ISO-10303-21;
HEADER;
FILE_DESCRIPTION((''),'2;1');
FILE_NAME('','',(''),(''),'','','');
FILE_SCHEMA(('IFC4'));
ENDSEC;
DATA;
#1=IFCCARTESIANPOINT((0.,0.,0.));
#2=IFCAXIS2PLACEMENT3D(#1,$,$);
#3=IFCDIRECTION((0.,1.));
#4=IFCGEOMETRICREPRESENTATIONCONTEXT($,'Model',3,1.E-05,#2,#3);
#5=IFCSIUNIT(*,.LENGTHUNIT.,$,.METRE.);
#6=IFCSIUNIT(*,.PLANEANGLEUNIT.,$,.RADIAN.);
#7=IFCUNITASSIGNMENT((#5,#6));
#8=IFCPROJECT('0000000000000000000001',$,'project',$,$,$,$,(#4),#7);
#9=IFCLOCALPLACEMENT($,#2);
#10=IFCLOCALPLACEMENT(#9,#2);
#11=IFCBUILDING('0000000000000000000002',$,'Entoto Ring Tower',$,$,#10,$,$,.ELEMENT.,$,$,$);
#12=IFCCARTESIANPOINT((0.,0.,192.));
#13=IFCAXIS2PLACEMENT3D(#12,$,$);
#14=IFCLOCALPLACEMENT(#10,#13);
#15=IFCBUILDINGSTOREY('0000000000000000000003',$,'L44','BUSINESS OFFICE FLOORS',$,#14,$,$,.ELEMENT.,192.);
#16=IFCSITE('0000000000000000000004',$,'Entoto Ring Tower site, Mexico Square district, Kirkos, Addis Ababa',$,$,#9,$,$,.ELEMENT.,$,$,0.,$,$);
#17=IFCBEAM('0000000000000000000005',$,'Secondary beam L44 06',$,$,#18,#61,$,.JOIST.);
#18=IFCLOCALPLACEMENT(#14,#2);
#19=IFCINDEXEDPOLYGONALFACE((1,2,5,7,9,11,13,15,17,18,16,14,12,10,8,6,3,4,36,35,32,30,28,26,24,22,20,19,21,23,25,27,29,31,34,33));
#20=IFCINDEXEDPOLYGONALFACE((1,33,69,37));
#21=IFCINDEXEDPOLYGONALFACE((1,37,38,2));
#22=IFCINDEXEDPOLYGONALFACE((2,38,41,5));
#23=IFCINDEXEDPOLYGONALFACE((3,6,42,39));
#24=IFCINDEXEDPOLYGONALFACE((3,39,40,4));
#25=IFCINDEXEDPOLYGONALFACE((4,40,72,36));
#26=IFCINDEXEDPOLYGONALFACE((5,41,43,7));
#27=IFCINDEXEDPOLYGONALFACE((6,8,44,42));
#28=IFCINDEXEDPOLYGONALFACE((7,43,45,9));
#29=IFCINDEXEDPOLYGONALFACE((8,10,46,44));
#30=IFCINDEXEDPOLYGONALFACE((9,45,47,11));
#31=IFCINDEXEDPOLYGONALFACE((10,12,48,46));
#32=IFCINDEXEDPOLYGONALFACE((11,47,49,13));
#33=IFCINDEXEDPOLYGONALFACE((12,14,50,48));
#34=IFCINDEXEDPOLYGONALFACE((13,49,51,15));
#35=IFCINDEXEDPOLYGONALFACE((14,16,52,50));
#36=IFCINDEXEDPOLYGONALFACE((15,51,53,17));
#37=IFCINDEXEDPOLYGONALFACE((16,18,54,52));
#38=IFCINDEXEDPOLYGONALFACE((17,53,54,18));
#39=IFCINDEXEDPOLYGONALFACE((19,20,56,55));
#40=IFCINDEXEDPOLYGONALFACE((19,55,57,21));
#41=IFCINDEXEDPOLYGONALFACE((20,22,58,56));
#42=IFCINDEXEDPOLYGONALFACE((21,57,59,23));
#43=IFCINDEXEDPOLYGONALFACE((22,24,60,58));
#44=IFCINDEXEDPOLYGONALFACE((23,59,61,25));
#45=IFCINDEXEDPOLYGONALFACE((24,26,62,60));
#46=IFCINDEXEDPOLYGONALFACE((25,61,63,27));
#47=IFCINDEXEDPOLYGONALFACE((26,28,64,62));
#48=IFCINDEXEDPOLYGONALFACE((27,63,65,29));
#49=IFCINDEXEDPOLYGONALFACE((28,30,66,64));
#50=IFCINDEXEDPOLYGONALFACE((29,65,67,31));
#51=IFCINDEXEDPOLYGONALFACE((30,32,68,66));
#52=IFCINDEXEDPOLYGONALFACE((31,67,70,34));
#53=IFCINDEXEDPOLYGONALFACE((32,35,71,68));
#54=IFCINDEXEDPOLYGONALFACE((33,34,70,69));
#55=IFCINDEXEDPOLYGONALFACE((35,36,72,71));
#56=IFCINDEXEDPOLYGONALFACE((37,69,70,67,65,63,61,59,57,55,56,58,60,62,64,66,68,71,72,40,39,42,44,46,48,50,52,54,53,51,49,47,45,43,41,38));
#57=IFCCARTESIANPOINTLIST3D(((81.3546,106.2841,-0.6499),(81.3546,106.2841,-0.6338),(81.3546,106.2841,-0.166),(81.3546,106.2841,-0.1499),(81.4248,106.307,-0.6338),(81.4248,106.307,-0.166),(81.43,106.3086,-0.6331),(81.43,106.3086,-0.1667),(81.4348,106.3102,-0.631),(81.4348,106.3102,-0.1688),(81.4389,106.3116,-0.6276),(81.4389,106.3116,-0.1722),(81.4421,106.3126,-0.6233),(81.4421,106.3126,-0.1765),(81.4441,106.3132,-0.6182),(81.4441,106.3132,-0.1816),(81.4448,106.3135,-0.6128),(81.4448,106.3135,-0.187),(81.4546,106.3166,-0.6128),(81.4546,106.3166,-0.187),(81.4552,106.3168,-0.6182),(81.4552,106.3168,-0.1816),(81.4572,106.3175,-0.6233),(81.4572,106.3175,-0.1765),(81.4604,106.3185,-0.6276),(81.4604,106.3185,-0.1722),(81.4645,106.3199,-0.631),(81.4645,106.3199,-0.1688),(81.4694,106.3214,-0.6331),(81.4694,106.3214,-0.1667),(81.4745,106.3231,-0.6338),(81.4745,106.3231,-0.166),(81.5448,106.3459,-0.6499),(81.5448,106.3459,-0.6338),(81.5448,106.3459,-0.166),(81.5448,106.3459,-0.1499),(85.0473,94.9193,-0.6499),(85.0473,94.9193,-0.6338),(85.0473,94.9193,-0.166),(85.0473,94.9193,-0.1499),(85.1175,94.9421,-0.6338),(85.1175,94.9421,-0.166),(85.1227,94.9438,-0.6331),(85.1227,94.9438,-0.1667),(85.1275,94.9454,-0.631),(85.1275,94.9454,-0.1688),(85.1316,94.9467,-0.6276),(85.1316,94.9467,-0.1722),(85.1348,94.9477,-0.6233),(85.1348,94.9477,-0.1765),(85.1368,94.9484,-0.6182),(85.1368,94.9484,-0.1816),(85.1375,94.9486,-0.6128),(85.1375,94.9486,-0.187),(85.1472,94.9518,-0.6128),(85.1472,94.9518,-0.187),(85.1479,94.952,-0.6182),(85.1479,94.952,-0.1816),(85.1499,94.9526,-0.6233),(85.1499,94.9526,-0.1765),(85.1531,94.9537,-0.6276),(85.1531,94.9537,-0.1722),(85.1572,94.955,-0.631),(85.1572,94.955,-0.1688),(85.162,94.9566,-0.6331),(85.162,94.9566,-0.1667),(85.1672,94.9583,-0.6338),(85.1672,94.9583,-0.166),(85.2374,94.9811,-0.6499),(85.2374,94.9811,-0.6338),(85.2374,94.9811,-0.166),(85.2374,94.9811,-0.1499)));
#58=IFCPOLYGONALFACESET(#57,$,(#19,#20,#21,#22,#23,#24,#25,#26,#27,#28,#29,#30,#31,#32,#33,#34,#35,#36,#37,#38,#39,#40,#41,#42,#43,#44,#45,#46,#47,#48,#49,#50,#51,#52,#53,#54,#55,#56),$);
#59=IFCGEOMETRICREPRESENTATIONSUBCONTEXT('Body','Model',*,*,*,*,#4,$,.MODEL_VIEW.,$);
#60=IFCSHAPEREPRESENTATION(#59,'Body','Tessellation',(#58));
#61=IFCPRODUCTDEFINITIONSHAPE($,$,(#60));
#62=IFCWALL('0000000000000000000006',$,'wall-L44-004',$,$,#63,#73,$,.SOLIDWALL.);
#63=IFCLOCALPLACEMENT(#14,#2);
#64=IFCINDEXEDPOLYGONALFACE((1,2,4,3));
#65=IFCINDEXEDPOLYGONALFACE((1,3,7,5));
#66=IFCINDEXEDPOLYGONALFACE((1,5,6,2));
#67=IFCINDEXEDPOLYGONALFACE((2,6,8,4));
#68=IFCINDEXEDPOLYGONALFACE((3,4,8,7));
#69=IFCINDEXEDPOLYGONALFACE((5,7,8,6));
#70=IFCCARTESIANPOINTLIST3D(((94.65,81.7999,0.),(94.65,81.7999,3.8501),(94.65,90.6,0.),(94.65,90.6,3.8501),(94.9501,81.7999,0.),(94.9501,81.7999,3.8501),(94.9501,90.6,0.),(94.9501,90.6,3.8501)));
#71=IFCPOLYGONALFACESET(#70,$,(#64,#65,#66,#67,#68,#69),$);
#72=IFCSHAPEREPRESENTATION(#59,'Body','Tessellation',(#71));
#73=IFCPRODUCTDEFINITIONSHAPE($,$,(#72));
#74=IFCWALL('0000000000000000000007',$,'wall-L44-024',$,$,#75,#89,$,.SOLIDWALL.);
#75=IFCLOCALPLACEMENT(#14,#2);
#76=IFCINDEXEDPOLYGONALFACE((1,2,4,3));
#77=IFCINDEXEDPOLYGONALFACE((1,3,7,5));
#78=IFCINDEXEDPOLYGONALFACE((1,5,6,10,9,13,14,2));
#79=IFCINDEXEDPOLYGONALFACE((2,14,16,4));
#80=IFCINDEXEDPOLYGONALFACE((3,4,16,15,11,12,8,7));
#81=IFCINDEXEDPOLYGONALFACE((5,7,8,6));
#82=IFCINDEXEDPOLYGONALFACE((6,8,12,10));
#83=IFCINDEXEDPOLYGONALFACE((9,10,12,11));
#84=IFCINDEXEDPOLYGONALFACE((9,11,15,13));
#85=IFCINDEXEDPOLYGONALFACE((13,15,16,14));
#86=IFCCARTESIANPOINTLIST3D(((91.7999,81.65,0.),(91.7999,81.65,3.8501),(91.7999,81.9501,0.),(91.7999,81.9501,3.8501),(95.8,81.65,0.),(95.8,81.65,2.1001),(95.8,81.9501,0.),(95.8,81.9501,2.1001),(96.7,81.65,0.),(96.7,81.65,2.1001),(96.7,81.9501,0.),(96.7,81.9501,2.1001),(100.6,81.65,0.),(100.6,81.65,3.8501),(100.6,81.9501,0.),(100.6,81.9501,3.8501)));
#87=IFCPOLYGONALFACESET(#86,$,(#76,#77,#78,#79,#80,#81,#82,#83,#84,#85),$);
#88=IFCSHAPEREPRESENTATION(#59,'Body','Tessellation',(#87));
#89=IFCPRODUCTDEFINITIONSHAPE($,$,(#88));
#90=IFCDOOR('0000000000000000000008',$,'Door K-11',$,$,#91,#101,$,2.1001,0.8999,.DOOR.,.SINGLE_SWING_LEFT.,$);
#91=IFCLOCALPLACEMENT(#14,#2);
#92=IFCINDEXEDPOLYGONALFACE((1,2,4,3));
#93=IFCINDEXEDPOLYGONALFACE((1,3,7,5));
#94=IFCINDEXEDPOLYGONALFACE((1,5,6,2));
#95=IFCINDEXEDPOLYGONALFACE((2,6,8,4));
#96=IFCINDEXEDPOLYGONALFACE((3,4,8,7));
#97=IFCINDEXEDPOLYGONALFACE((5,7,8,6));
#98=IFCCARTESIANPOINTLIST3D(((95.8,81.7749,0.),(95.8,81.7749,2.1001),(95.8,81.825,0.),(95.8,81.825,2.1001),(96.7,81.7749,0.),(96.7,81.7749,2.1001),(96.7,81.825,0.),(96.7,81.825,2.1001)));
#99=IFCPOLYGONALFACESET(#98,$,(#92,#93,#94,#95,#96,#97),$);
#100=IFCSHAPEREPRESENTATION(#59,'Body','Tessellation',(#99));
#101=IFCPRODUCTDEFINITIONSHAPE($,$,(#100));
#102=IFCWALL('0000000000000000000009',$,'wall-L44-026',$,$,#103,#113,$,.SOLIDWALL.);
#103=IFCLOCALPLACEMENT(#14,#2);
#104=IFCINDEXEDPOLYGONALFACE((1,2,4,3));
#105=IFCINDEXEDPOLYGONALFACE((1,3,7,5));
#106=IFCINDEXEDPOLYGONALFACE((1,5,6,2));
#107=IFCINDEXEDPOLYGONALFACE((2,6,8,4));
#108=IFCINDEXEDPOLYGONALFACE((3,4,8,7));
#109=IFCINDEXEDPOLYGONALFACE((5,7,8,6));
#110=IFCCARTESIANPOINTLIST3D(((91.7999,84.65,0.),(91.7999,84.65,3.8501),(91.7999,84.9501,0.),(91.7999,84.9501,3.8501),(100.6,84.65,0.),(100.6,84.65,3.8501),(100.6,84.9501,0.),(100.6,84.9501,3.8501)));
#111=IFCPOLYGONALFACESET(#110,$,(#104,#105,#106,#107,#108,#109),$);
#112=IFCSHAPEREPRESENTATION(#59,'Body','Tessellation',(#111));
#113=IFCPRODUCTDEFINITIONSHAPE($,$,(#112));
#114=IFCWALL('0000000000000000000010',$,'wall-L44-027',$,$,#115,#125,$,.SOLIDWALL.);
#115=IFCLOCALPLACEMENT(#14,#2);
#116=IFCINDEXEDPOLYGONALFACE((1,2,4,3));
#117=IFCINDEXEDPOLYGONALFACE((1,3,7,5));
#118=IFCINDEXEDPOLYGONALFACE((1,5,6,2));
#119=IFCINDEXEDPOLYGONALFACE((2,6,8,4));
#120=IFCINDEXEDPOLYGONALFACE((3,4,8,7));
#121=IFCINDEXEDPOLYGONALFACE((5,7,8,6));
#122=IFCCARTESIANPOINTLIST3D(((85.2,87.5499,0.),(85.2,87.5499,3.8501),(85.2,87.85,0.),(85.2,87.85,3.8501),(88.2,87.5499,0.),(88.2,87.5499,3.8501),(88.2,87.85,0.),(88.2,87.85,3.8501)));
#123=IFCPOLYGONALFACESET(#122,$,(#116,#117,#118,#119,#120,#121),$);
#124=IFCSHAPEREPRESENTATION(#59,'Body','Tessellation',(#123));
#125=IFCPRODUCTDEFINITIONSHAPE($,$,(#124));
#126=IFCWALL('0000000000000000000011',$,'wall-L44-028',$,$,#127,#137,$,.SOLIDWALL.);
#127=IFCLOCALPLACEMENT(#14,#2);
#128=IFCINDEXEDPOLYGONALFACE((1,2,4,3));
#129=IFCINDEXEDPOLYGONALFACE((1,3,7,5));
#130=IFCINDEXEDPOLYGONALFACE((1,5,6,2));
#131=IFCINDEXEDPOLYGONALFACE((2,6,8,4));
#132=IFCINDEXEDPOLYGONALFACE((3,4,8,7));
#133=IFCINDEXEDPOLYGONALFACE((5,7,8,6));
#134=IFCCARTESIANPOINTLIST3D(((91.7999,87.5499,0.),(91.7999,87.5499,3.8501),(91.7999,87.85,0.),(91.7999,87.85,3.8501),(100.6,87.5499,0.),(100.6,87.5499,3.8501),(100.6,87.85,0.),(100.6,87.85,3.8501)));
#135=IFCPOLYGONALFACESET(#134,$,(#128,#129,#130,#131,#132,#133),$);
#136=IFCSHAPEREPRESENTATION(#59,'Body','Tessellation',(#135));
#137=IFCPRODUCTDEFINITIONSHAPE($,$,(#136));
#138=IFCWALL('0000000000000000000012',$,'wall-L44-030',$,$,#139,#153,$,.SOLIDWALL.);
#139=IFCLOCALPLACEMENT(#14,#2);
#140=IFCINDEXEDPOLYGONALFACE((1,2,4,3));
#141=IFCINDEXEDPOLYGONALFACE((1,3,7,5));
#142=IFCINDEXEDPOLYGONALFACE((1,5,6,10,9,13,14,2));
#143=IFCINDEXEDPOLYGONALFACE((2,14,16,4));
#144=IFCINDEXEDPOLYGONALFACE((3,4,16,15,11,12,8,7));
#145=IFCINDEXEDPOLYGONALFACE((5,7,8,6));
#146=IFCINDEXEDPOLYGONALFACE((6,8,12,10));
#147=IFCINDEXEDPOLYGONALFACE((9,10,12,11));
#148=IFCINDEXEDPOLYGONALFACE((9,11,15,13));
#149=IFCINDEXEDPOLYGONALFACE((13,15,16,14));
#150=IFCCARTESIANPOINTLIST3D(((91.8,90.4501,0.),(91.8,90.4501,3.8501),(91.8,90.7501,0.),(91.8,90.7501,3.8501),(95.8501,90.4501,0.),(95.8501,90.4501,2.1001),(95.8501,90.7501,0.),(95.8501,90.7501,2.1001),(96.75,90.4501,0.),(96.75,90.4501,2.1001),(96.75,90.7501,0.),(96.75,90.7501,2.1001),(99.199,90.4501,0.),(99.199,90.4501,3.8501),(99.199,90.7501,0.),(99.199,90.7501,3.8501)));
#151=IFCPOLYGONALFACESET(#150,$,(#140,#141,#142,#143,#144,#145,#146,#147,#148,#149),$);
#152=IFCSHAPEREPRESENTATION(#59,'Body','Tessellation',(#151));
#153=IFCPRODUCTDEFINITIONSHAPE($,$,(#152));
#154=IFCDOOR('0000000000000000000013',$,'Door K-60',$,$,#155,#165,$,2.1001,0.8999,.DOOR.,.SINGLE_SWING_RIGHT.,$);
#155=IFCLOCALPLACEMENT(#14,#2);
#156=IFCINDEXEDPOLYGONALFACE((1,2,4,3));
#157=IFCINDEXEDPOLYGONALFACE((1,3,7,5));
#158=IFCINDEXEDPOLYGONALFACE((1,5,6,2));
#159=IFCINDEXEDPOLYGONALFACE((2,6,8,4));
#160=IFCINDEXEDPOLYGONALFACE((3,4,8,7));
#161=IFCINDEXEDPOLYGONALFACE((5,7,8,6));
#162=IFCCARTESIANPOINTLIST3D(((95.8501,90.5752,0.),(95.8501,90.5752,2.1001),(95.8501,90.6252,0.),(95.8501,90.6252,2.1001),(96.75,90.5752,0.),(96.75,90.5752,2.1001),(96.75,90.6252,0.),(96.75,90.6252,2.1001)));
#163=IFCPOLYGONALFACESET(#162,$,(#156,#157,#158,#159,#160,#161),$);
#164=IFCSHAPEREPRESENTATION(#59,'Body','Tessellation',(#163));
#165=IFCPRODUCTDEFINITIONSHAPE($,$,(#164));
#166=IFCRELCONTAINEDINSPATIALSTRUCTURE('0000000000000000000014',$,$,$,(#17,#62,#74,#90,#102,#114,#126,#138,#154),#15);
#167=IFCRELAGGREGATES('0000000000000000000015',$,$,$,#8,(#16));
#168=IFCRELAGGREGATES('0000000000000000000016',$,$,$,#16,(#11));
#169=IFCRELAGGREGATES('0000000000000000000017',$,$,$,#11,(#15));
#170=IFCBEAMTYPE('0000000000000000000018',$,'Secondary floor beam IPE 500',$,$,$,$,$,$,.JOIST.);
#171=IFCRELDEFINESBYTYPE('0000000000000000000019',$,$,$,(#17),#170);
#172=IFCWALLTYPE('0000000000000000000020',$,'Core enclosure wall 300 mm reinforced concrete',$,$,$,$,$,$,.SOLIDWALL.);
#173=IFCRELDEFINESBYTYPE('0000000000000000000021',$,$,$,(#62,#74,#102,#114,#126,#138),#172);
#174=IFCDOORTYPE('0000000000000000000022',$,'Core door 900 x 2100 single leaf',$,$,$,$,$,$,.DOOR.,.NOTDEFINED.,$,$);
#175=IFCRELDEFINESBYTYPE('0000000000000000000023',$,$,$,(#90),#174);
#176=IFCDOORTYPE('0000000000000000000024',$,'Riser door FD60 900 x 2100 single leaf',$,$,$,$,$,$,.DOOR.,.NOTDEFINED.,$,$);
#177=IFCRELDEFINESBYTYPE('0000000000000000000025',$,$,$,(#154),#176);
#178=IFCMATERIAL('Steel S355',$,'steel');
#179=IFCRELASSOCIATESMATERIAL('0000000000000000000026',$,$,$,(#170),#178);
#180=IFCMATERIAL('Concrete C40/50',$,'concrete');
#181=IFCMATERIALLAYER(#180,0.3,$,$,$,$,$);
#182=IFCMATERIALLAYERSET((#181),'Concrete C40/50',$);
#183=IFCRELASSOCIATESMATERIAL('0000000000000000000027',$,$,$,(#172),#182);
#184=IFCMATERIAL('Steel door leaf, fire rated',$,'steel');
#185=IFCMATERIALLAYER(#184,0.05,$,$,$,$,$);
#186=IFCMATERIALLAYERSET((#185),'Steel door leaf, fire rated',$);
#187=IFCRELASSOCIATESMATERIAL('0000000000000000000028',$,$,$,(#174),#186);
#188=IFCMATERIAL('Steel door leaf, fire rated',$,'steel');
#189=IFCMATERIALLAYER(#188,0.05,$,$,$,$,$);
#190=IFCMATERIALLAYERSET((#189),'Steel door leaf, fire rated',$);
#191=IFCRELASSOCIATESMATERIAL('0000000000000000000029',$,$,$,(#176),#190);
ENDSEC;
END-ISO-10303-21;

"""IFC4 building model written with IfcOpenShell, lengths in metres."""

from ifc_helpers import new_model, si_unit, direction, frame, frame_2d, origin, origin_2d, place, context, subcontext, project, spatial, rectangle, i_section, extrude, material, layer, layer_set, material_profile, profile_set, type_object, element, fill, save


model = new_model("IFC4")

# Units and contexts
model_context = context("Model", 3, precision=1e-05, world=origin(), true_north=direction((0.0, 1.0)))
body_context = subcontext(model_context, "Body", "Model", "MODEL_VIEW")
ifc_project = project(units=[si_unit("LENGTHUNIT", "METRE"), si_unit("PLANEANGLEUNIT", "RADIAN")], contexts=[model_context])

# Site, building, storey
site_placement = place(None, origin())
site = spatial("IfcSite", under=ifc_project, at=site_placement, Name="Entoto Ring Tower site, Mexico Square district, Kirkos, Addis Ababa", CompositionType="ELEMENT", RefElevation=0.0)
building_placement = place(site_placement, origin())
building = spatial("IfcBuilding", under=site, at=building_placement, Name="Entoto Ring Tower", CompositionType="ELEMENT")
storey_placement = place(building_placement, frame((0.0, 0.0, 192.0)))
storey = spatial("IfcBuildingStorey", under=building, at=storey_placement, Name="L44", Description="BUSINESS OFFICE FLOORS", CompositionType="ELEMENT", Elevation=192.0)

# Beam
ifc_material_1 = material(Name="Steel S355", Category="steel")
ifc_material_profile_1 = material_profile(ifc_material_1, i_section(OverallWidth=0.2, OverallDepth=0.5, WebThickness=0.0103, FlangeThickness=0.0161, FilletRadius=0.021, at=origin_2d()), Name="IPE 500")
ifc_profile_set_1 = profile_set([ifc_material_profile_1], Name="Steel S355")
beam_type_1 = type_object("IfcBeamType", Name="Secondary floor beam IPE 500", PredefinedType="JOIST", material=ifc_profile_set_1)
beam_1_placement = place(storey_placement, frame((85.1423, 94.9502, -0.3999), z_axis=(-0.309017, 0.951057, 0.0), x_axis=(-0.951057, -0.309017, 0.0)))
element("IfcBeam", 1, at=beam_1_placement, inside=storey, type_object=beam_type_1, Name="Secondary beam L44 06", PredefinedType="JOIST", context=body_context, shape_type="SweptSolid", body=[
    extrude(i_section(OverallWidth=0.2, OverallDepth=0.5, WebThickness=0.0103, FlangeThickness=0.0161, FilletRadius=0.021, at=origin_2d()), origin(), (0.0, 0.0, 1.0), 11.9497),
])

# Wall
ifc_material_2 = material(Name="Concrete C40/50", Category="concrete")
ifc_layer_1 = layer(ifc_material_2, 0.3)
ifc_layer_set_1 = layer_set([ifc_layer_1], Name="Concrete C40/50")
wall_type_1 = type_object("IfcWallType", Name="Core enclosure wall 300 mm reinforced concrete", PredefinedType="SOLIDWALL", material=ifc_layer_set_1)
wall_1_placement = place(storey_placement, frame((94.8, 81.8, 0.0), z_axis=(0.0, 0.0, 1.0), x_axis=(0.0, 1.0, 0.0)))
element("IfcWall", 2, at=wall_1_placement, inside=storey, type_object=wall_type_1, Name="wall-L44-004", PredefinedType="SOLIDWALL", context=body_context, shape_type="SweptSolid", body=[
    extrude(rectangle(XDim=8.8, YDim=0.3, at=frame_2d((4.3999, 0.0))), origin(), (0.0, 0.0, 1.0), 3.8501),
])

# Wall, opening, door
wall_2_placement = place(storey_placement, frame((91.8, 81.8, 0.0), z_axis=(0.0, 0.0, 1.0), x_axis=(1.0, 0.0, 0.0)))
wall_2 = element("IfcWall", 3, at=wall_2_placement, inside=storey, type_object=wall_type_1, Name="wall-L44-024", PredefinedType="SOLIDWALL", context=body_context, shape_type="SweptSolid", body=[
    extrude(rectangle(XDim=8.8, YDim=0.3, at=frame_2d((4.3999, 0.0))), origin(), (0.0, 0.0, 1.0), 3.8501),
])
opening_1_placement = place(wall_2_placement, frame((4.0, 0.0, 0.0)))
opening_1 = element("IfcOpeningElement", 4, at=opening_1_placement, cuts=wall_2, PredefinedType="OPENING", context=body_context, shape_type="SweptSolid", body=[
    extrude(rectangle(XDim=0.8999, YDim=2.1001, at=frame_2d((0.45, 1.05))), frame((0.0, 0.1602, 0.0), z_axis=(0.0, -1.0, 0.0), x_axis=(1.0, 0.0, 0.0)), (0.0, 0.0, 1.0), 0.3201),
])
ifc_material_3 = material(Name="Steel door leaf, fire rated", Category="steel")
ifc_layer_2 = layer(ifc_material_3, 0.05)
ifc_layer_set_2 = layer_set([ifc_layer_2], Name="Steel door leaf, fire rated")
door_type_1 = type_object("IfcDoorType", Name="Core door 900 x 2100 single leaf", OperationType="NOTDEFINED", PredefinedType="DOOR", material=ifc_layer_set_2)
door_1_placement = place(opening_1_placement, origin())
door_1 = element("IfcDoor", 5, at=door_1_placement, inside=storey, type_object=door_type_1, Name="Door K-11", OperationType="SINGLE_SWING_LEFT", OverallHeight=2.1001, OverallWidth=0.8999, PredefinedType="DOOR", context=body_context, shape_type="SweptSolid", body=[
    extrude(rectangle(XDim=0.8999, YDim=2.1001, at=frame_2d((0.45, 1.05))), frame((0.0, 0.0249, 0.0), z_axis=(0.0, -1.0, 0.0), x_axis=(1.0, 0.0, 0.0)), (0.0, 0.0, 1.0), 0.05),
])
fill(opening_1, door_1)

# Walls
wall_3_placement = place(storey_placement, frame((91.8, 84.8, 0.0), z_axis=(0.0, 0.0, 1.0), x_axis=(1.0, 0.0, 0.0)))
element("IfcWall", 6, at=wall_3_placement, inside=storey, type_object=wall_type_1, Name="wall-L44-026", PredefinedType="SOLIDWALL", context=body_context, shape_type="SweptSolid", body=[
    extrude(rectangle(XDim=8.8, YDim=0.3, at=frame_2d((4.3999, 0.0))), origin(), (0.0, 0.0, 1.0), 3.8501),
])
wall_4_placement = place(storey_placement, frame((85.2, 87.7, 0.0), z_axis=(0.0, 0.0, 1.0), x_axis=(1.0, 0.0, 0.0)))
element("IfcWall", 7, at=wall_4_placement, inside=storey, type_object=wall_type_1, Name="wall-L44-027", PredefinedType="SOLIDWALL", context=body_context, shape_type="SweptSolid", body=[
    extrude(rectangle(XDim=3.0, YDim=0.3, at=frame_2d((1.5, 0.0))), origin(), (0.0, 0.0, 1.0), 3.8501),
])
wall_5_placement = place(storey_placement, frame((91.8, 87.7, 0.0), z_axis=(0.0, 0.0, 1.0), x_axis=(1.0, 0.0, 0.0)))
element("IfcWall", 8, at=wall_5_placement, inside=storey, type_object=wall_type_1, Name="wall-L44-028", PredefinedType="SOLIDWALL", context=body_context, shape_type="SweptSolid", body=[
    extrude(rectangle(XDim=8.8, YDim=0.3, at=frame_2d((4.3999, 0.0))), origin(), (0.0, 0.0, 1.0), 3.8501),
])

# Wall, opening, door
wall_6_placement = place(storey_placement, frame((91.8, 90.6001, 0.0), z_axis=(0.0, 0.0, 1.0), x_axis=(1.0, 0.0, 0.0)))
wall_6 = element("IfcWall", 9, at=wall_6_placement, inside=storey, type_object=wall_type_1, Name="wall-L44-030", PredefinedType="SOLIDWALL", context=body_context, shape_type="SweptSolid", body=[
    extrude(rectangle(XDim=7.3989, YDim=0.3, at=frame_2d((3.6995, 0.0))), origin(), (0.0, 0.0, 1.0), 3.8501),
])
opening_2_placement = place(wall_6_placement, frame((4.05, 0.0, 0.0)))
opening_2 = element("IfcOpeningElement", 10, at=opening_2_placement, cuts=wall_6, PredefinedType="OPENING", context=body_context, shape_type="SweptSolid", body=[
    extrude(rectangle(XDim=0.8999, YDim=2.1001, at=frame_2d((0.45, 1.05))), frame((0.0, 0.1602, 0.0), z_axis=(0.0, -1.0, 0.0), x_axis=(1.0, 0.0, 0.0)), (0.0, 0.0, 1.0), 0.3201),
])
ifc_material_4 = material(Name="Steel door leaf, fire rated", Category="steel")
ifc_layer_3 = layer(ifc_material_4, 0.05)
ifc_layer_set_3 = layer_set([ifc_layer_3], Name="Steel door leaf, fire rated")
door_type_2 = type_object("IfcDoorType", Name="Riser door FD60 900 x 2100 single leaf", OperationType="NOTDEFINED", PredefinedType="DOOR", material=ifc_layer_set_3)
door_2_placement = place(opening_2_placement, frame((0.8999, 0.0, 0.0), z_axis=(0.0, 0.0, 1.0), x_axis=(-1.0, 0.0, 0.0)))
door_2 = element("IfcDoor", 11, at=door_2_placement, inside=storey, type_object=door_type_2, Name="Door K-60", OperationType="SINGLE_SWING_RIGHT", OverallHeight=2.1001, OverallWidth=0.8999, PredefinedType="DOOR", context=body_context, shape_type="SweptSolid", body=[
    extrude(rectangle(XDim=0.8999, YDim=2.1001, at=frame_2d((0.45, 1.05))), frame((0.0, 0.0249, 0.0), z_axis=(0.0, -1.0, 0.0), x_axis=(1.0, 0.0, 0.0)), (0.0, 0.0, 1.0), 0.05),
])
fill(opening_2, door_2)

save(model, "model.ifc")
